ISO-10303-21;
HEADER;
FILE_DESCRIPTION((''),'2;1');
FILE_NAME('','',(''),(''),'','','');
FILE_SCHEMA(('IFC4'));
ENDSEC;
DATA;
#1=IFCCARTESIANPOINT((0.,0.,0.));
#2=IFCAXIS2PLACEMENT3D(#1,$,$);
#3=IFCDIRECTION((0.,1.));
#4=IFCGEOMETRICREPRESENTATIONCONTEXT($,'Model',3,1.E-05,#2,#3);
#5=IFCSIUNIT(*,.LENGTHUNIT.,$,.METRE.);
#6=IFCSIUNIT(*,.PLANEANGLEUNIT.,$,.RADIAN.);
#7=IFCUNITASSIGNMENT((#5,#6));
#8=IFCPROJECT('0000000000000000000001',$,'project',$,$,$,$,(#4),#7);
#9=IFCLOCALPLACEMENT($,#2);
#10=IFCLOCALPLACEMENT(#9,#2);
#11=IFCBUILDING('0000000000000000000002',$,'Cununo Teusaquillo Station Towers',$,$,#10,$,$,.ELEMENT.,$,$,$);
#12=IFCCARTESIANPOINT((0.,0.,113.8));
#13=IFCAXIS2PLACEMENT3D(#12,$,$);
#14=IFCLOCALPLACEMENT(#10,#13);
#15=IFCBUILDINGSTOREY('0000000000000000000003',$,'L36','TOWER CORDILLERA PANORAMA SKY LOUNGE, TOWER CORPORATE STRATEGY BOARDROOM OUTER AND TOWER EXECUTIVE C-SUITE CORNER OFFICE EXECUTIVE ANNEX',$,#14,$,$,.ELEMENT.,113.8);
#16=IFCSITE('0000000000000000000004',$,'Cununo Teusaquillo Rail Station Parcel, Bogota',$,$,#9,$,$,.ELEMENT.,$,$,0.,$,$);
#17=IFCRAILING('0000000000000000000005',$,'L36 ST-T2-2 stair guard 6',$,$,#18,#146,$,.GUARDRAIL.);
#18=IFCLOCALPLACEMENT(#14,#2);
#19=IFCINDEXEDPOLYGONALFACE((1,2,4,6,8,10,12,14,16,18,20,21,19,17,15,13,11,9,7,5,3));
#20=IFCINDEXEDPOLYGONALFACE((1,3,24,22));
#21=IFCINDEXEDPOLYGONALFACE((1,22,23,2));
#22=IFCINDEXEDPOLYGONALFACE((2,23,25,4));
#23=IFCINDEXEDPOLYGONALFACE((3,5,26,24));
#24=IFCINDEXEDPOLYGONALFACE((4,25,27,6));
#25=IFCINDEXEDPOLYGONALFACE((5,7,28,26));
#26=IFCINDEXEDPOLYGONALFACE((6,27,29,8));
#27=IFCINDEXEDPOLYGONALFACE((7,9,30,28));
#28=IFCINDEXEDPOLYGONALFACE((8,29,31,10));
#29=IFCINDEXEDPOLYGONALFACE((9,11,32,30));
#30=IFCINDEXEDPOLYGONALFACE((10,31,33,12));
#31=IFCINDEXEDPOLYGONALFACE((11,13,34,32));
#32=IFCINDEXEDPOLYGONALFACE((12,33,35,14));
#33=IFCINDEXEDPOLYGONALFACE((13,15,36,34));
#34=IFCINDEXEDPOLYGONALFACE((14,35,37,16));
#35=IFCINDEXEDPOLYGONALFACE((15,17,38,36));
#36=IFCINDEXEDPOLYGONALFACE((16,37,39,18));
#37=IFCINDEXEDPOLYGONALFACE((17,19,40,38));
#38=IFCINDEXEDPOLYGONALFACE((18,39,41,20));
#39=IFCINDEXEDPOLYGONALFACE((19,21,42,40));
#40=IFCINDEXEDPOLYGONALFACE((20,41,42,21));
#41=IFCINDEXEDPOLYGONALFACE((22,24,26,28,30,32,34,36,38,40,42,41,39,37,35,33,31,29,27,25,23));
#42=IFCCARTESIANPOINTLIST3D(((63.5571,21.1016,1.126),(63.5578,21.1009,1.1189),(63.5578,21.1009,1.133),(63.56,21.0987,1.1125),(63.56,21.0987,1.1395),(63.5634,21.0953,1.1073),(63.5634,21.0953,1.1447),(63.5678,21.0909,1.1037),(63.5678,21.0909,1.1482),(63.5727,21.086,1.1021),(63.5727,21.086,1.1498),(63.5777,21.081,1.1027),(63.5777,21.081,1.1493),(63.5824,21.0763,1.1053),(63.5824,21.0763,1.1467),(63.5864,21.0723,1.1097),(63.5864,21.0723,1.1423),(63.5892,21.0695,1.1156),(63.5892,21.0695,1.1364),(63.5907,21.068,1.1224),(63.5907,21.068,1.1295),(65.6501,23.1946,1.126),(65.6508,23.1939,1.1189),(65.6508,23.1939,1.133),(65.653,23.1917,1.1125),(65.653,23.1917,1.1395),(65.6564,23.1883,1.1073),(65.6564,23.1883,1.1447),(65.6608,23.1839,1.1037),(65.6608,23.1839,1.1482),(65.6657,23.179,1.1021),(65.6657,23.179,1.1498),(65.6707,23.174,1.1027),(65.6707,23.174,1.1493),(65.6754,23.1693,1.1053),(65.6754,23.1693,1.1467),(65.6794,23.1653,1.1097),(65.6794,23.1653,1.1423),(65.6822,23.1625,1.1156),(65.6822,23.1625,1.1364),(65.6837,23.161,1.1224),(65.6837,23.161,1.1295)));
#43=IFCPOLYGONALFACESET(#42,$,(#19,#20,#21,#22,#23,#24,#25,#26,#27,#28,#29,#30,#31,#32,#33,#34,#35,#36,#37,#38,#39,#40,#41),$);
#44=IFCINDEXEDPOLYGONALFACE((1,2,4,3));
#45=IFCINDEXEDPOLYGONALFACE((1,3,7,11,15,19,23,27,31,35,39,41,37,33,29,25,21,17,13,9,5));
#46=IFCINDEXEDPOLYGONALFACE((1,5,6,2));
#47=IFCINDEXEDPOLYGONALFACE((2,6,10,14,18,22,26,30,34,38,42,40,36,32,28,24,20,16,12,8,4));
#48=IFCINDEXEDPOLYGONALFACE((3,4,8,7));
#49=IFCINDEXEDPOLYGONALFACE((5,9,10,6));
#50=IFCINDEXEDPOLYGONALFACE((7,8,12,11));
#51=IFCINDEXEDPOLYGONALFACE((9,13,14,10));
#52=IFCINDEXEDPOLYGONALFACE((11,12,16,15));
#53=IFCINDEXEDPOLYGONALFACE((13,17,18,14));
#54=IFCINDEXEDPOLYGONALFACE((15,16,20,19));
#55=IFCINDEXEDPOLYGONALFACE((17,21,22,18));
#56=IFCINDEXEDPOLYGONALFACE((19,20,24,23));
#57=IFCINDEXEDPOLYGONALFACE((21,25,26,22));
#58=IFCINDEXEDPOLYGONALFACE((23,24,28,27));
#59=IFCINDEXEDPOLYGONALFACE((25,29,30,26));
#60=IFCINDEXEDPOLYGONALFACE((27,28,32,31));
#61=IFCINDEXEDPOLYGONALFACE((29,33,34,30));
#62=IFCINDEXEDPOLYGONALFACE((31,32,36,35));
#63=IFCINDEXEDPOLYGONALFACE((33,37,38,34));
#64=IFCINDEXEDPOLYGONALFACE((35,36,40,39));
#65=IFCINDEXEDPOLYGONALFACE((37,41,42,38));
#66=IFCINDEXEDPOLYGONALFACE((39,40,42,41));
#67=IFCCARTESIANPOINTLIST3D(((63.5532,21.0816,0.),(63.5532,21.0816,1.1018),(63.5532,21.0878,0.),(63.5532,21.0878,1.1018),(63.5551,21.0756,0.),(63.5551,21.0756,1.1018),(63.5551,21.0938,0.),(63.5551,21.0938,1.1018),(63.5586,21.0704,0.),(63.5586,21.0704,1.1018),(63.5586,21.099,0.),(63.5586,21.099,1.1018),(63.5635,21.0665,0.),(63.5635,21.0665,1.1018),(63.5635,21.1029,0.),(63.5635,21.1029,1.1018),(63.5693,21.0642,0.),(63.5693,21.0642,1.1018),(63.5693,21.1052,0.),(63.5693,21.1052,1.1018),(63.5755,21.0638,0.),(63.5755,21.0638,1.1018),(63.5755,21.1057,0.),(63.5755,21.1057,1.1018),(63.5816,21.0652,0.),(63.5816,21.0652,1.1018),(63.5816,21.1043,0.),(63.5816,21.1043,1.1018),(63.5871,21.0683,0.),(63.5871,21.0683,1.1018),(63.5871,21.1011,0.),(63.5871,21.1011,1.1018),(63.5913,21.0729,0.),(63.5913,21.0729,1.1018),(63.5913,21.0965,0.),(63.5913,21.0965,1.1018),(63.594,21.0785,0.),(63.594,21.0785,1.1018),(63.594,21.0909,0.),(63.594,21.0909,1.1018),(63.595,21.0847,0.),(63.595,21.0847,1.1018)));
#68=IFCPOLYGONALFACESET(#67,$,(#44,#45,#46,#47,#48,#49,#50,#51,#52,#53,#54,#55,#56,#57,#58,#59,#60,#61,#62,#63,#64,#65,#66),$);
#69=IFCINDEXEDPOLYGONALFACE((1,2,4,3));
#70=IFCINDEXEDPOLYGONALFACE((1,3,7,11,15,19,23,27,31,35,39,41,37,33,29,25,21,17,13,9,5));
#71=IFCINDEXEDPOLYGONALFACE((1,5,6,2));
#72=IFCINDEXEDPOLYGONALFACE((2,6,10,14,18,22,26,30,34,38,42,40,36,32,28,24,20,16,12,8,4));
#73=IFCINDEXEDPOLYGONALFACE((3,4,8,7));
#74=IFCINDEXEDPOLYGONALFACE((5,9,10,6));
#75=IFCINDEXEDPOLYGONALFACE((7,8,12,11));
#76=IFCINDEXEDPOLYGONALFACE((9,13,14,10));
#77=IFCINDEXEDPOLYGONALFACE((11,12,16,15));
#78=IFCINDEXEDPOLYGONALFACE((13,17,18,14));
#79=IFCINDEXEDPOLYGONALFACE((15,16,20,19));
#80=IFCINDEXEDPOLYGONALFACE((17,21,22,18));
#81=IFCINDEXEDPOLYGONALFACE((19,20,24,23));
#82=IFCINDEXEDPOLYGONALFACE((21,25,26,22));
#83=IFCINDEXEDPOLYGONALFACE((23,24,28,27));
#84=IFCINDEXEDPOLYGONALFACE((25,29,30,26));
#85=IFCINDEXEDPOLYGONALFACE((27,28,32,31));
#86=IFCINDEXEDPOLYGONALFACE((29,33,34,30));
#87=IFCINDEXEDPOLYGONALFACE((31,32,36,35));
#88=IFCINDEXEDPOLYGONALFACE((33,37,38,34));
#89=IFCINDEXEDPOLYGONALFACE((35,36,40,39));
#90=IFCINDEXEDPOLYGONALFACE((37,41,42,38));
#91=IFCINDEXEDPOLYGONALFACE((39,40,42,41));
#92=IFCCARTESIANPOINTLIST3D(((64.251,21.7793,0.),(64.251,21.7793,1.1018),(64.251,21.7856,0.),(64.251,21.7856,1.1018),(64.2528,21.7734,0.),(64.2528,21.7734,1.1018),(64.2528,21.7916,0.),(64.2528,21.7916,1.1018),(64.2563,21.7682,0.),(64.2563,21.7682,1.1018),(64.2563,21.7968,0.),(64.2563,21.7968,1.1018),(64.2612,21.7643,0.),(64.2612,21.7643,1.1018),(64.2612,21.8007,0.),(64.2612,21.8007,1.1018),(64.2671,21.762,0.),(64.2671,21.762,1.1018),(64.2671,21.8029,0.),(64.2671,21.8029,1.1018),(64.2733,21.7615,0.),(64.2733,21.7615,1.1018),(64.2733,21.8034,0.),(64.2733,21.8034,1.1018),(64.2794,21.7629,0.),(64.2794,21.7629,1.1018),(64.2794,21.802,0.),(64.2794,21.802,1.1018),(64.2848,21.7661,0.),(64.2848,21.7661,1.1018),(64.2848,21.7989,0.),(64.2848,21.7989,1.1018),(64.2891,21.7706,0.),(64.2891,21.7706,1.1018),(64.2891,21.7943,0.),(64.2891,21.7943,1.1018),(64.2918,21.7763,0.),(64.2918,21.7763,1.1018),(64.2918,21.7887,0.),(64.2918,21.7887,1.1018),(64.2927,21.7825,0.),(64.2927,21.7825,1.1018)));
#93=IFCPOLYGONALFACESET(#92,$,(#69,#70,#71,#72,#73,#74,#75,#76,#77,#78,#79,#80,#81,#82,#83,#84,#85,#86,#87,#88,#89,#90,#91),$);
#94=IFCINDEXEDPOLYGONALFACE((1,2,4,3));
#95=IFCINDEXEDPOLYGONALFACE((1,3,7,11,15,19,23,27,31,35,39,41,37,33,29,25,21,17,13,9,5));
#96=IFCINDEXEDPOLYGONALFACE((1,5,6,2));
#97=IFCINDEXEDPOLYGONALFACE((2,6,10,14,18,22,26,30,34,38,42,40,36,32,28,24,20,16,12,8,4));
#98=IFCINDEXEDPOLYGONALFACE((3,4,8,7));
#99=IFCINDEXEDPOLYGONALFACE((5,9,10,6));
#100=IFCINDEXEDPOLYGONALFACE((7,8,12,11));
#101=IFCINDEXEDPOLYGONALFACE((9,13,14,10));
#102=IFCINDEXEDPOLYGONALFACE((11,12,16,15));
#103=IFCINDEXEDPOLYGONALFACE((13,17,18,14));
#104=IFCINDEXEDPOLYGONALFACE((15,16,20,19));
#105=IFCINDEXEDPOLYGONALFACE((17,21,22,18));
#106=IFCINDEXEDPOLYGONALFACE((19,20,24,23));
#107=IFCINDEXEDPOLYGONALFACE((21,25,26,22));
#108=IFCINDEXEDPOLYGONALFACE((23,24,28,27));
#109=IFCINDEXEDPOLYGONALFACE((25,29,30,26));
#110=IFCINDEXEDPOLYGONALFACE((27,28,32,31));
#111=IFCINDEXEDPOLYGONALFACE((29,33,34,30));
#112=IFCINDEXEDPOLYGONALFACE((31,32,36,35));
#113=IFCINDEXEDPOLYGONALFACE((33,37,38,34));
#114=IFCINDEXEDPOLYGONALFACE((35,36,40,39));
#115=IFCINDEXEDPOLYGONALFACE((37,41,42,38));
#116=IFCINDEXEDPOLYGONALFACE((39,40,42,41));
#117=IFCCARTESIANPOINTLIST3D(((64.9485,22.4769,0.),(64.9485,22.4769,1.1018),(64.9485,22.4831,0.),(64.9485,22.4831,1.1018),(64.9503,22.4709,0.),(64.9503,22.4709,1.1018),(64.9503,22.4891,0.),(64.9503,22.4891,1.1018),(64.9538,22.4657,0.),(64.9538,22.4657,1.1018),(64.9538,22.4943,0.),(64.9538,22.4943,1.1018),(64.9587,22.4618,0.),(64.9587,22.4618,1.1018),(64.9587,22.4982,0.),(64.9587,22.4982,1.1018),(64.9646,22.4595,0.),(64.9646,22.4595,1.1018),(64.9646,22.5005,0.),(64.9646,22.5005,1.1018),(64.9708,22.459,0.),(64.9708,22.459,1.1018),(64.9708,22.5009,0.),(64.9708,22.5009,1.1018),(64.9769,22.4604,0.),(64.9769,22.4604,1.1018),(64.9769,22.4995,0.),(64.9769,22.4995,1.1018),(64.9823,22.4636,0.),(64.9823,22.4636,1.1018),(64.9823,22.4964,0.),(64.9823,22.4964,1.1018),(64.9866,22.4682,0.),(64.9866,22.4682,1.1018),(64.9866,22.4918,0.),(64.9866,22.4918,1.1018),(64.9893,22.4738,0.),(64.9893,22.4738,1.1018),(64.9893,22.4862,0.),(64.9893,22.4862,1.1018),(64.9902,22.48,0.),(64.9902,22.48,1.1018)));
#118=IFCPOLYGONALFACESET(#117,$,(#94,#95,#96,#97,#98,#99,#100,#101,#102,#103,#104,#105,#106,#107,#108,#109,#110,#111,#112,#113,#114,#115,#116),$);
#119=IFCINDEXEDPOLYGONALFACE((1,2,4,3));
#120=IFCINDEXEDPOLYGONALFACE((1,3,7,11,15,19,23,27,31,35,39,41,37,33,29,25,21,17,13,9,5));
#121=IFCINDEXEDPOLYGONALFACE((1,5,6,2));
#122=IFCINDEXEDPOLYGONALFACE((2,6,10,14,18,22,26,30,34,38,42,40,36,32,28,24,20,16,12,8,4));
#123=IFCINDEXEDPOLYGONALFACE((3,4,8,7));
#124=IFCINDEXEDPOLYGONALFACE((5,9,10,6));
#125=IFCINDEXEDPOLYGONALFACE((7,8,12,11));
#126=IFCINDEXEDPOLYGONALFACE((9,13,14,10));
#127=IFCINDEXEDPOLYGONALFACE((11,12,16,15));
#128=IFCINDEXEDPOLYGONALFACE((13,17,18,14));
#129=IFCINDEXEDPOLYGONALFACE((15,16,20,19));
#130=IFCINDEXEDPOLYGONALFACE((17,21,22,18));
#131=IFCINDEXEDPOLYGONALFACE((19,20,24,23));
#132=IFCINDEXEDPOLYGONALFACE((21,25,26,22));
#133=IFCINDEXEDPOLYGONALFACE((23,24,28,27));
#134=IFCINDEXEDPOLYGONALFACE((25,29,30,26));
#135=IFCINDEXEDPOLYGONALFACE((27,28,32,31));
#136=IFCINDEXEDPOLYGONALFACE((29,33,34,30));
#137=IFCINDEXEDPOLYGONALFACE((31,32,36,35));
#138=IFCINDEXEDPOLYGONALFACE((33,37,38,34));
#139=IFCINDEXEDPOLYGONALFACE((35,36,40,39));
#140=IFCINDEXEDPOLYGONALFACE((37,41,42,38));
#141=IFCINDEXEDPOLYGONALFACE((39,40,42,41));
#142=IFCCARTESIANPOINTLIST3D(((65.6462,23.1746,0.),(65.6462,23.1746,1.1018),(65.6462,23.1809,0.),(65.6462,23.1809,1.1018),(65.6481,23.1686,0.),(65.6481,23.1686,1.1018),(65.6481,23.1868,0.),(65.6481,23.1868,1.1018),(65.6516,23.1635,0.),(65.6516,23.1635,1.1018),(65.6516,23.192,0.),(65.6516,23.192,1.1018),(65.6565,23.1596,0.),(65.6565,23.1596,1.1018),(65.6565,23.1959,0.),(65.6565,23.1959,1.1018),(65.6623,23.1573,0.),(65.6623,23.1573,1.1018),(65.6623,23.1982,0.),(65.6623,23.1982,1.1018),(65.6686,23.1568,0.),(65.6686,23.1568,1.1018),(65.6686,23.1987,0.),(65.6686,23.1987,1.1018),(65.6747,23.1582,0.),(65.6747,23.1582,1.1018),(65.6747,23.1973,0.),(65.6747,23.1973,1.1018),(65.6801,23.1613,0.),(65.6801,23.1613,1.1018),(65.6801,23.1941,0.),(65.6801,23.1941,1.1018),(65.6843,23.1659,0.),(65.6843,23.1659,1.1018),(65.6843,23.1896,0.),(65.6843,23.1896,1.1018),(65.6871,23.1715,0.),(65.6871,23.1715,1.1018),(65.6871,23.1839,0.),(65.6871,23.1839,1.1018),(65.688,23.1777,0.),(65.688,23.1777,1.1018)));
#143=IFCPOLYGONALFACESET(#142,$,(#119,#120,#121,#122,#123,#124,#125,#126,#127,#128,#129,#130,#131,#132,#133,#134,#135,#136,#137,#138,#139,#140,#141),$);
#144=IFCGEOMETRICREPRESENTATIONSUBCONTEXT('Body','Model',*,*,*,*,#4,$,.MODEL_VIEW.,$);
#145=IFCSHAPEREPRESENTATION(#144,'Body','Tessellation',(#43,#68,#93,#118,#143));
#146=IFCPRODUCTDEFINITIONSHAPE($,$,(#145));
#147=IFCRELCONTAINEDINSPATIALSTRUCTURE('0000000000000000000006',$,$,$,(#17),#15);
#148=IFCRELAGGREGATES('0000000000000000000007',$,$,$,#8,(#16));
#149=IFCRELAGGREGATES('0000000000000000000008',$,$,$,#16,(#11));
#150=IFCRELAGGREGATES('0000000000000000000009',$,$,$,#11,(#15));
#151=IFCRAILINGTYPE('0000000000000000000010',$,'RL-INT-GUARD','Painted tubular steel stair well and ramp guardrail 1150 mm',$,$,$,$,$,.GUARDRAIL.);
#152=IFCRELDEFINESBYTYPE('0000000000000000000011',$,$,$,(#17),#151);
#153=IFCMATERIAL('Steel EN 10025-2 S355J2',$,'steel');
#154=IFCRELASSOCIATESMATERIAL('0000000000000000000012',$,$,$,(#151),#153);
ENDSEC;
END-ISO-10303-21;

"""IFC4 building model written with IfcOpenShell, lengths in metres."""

from ifc_helpers import new_model, si_unit, direction, frame, origin, origin_2d, place, context, subcontext, project, spatial, circle, extrude, material, type_object, element, save


model = new_model("IFC4")

# Units and contexts
model_context = context("Model", 3, precision=1e-05, world=origin(), true_north=direction((0.0, 1.0)))
body_context = subcontext(model_context, "Body", "Model", "MODEL_VIEW")
ifc_project = project(units=[si_unit("LENGTHUNIT", "METRE"), si_unit("PLANEANGLEUNIT", "RADIAN")], contexts=[model_context])

# Site, building, storey
site_placement = place(None, origin())
site = spatial("IfcSite", under=ifc_project, at=site_placement, Name="Cununo Teusaquillo Rail Station Parcel, Bogota", CompositionType="ELEMENT", RefElevation=0.0)
building_placement = place(site_placement, origin())
building = spatial("IfcBuilding", under=site, at=building_placement, Name="Cununo Teusaquillo Station Towers", CompositionType="ELEMENT")
storey_placement = place(building_placement, frame((0.0, 0.0, 113.8)))
storey = spatial("IfcBuildingStorey", under=building, at=storey_placement, Name="L36", Description="TOWER CORDILLERA PANORAMA SKY LOUNGE, TOWER CORPORATE STRATEGY BOARDROOM OUTER AND TOWER EXECUTIVE C-SUITE CORNER OFFICE EXECUTIVE ANNEX", CompositionType="ELEMENT", Elevation=113.8)

# Railing
ifc_material_1 = material(Name="Steel EN 10025-2 S355J2", Category="steel")
railing_type = type_object("IfcRailingType", Name="RL-INT-GUARD", Description="Painted tubular steel stair well and ramp guardrail 1150 mm", PredefinedType="GUARDRAIL", material=ifc_material_1)
railing_1_placement = place(storey_placement, frame((63.574, 21.0847, 0.0)))
element("IfcRailing", 1, at=railing_1_placement, inside=storey, type_object=railing_type, Name="L36 ST-T2-2 stair guard 6", PredefinedType="GUARDRAIL", context=body_context, shape_type="SweptSolid", body=[
    extrude(circle(Radius=0.0239, at=origin_2d()), frame((0.0, 0.0, 1.126), z_axis=(0.707107, 0.707107, 0.0), x_axis=(-0.707107, 0.707107, 0.0)), (0.0, 0.0, 1.0), 2.96),
    extrude(circle(Radius=0.021, at=origin_2d()), origin(), (0.0, 0.0, 1.0), 1.1018),
    extrude(circle(Radius=0.021, at=origin_2d()), frame((0.6978, 0.6978, 0.0)), (0.0, 0.0, 1.0), 1.1018),
    extrude(circle(Radius=0.021, at=origin_2d()), frame((1.3953, 1.3953, 0.0)), (0.0, 0.0, 1.0), 1.1018),
    extrude(circle(Radius=0.021, at=origin_2d()), frame((2.093, 2.093, 0.0)), (0.0, 0.0, 1.0), 1.1018),
])

save(model, "model.ifc")
